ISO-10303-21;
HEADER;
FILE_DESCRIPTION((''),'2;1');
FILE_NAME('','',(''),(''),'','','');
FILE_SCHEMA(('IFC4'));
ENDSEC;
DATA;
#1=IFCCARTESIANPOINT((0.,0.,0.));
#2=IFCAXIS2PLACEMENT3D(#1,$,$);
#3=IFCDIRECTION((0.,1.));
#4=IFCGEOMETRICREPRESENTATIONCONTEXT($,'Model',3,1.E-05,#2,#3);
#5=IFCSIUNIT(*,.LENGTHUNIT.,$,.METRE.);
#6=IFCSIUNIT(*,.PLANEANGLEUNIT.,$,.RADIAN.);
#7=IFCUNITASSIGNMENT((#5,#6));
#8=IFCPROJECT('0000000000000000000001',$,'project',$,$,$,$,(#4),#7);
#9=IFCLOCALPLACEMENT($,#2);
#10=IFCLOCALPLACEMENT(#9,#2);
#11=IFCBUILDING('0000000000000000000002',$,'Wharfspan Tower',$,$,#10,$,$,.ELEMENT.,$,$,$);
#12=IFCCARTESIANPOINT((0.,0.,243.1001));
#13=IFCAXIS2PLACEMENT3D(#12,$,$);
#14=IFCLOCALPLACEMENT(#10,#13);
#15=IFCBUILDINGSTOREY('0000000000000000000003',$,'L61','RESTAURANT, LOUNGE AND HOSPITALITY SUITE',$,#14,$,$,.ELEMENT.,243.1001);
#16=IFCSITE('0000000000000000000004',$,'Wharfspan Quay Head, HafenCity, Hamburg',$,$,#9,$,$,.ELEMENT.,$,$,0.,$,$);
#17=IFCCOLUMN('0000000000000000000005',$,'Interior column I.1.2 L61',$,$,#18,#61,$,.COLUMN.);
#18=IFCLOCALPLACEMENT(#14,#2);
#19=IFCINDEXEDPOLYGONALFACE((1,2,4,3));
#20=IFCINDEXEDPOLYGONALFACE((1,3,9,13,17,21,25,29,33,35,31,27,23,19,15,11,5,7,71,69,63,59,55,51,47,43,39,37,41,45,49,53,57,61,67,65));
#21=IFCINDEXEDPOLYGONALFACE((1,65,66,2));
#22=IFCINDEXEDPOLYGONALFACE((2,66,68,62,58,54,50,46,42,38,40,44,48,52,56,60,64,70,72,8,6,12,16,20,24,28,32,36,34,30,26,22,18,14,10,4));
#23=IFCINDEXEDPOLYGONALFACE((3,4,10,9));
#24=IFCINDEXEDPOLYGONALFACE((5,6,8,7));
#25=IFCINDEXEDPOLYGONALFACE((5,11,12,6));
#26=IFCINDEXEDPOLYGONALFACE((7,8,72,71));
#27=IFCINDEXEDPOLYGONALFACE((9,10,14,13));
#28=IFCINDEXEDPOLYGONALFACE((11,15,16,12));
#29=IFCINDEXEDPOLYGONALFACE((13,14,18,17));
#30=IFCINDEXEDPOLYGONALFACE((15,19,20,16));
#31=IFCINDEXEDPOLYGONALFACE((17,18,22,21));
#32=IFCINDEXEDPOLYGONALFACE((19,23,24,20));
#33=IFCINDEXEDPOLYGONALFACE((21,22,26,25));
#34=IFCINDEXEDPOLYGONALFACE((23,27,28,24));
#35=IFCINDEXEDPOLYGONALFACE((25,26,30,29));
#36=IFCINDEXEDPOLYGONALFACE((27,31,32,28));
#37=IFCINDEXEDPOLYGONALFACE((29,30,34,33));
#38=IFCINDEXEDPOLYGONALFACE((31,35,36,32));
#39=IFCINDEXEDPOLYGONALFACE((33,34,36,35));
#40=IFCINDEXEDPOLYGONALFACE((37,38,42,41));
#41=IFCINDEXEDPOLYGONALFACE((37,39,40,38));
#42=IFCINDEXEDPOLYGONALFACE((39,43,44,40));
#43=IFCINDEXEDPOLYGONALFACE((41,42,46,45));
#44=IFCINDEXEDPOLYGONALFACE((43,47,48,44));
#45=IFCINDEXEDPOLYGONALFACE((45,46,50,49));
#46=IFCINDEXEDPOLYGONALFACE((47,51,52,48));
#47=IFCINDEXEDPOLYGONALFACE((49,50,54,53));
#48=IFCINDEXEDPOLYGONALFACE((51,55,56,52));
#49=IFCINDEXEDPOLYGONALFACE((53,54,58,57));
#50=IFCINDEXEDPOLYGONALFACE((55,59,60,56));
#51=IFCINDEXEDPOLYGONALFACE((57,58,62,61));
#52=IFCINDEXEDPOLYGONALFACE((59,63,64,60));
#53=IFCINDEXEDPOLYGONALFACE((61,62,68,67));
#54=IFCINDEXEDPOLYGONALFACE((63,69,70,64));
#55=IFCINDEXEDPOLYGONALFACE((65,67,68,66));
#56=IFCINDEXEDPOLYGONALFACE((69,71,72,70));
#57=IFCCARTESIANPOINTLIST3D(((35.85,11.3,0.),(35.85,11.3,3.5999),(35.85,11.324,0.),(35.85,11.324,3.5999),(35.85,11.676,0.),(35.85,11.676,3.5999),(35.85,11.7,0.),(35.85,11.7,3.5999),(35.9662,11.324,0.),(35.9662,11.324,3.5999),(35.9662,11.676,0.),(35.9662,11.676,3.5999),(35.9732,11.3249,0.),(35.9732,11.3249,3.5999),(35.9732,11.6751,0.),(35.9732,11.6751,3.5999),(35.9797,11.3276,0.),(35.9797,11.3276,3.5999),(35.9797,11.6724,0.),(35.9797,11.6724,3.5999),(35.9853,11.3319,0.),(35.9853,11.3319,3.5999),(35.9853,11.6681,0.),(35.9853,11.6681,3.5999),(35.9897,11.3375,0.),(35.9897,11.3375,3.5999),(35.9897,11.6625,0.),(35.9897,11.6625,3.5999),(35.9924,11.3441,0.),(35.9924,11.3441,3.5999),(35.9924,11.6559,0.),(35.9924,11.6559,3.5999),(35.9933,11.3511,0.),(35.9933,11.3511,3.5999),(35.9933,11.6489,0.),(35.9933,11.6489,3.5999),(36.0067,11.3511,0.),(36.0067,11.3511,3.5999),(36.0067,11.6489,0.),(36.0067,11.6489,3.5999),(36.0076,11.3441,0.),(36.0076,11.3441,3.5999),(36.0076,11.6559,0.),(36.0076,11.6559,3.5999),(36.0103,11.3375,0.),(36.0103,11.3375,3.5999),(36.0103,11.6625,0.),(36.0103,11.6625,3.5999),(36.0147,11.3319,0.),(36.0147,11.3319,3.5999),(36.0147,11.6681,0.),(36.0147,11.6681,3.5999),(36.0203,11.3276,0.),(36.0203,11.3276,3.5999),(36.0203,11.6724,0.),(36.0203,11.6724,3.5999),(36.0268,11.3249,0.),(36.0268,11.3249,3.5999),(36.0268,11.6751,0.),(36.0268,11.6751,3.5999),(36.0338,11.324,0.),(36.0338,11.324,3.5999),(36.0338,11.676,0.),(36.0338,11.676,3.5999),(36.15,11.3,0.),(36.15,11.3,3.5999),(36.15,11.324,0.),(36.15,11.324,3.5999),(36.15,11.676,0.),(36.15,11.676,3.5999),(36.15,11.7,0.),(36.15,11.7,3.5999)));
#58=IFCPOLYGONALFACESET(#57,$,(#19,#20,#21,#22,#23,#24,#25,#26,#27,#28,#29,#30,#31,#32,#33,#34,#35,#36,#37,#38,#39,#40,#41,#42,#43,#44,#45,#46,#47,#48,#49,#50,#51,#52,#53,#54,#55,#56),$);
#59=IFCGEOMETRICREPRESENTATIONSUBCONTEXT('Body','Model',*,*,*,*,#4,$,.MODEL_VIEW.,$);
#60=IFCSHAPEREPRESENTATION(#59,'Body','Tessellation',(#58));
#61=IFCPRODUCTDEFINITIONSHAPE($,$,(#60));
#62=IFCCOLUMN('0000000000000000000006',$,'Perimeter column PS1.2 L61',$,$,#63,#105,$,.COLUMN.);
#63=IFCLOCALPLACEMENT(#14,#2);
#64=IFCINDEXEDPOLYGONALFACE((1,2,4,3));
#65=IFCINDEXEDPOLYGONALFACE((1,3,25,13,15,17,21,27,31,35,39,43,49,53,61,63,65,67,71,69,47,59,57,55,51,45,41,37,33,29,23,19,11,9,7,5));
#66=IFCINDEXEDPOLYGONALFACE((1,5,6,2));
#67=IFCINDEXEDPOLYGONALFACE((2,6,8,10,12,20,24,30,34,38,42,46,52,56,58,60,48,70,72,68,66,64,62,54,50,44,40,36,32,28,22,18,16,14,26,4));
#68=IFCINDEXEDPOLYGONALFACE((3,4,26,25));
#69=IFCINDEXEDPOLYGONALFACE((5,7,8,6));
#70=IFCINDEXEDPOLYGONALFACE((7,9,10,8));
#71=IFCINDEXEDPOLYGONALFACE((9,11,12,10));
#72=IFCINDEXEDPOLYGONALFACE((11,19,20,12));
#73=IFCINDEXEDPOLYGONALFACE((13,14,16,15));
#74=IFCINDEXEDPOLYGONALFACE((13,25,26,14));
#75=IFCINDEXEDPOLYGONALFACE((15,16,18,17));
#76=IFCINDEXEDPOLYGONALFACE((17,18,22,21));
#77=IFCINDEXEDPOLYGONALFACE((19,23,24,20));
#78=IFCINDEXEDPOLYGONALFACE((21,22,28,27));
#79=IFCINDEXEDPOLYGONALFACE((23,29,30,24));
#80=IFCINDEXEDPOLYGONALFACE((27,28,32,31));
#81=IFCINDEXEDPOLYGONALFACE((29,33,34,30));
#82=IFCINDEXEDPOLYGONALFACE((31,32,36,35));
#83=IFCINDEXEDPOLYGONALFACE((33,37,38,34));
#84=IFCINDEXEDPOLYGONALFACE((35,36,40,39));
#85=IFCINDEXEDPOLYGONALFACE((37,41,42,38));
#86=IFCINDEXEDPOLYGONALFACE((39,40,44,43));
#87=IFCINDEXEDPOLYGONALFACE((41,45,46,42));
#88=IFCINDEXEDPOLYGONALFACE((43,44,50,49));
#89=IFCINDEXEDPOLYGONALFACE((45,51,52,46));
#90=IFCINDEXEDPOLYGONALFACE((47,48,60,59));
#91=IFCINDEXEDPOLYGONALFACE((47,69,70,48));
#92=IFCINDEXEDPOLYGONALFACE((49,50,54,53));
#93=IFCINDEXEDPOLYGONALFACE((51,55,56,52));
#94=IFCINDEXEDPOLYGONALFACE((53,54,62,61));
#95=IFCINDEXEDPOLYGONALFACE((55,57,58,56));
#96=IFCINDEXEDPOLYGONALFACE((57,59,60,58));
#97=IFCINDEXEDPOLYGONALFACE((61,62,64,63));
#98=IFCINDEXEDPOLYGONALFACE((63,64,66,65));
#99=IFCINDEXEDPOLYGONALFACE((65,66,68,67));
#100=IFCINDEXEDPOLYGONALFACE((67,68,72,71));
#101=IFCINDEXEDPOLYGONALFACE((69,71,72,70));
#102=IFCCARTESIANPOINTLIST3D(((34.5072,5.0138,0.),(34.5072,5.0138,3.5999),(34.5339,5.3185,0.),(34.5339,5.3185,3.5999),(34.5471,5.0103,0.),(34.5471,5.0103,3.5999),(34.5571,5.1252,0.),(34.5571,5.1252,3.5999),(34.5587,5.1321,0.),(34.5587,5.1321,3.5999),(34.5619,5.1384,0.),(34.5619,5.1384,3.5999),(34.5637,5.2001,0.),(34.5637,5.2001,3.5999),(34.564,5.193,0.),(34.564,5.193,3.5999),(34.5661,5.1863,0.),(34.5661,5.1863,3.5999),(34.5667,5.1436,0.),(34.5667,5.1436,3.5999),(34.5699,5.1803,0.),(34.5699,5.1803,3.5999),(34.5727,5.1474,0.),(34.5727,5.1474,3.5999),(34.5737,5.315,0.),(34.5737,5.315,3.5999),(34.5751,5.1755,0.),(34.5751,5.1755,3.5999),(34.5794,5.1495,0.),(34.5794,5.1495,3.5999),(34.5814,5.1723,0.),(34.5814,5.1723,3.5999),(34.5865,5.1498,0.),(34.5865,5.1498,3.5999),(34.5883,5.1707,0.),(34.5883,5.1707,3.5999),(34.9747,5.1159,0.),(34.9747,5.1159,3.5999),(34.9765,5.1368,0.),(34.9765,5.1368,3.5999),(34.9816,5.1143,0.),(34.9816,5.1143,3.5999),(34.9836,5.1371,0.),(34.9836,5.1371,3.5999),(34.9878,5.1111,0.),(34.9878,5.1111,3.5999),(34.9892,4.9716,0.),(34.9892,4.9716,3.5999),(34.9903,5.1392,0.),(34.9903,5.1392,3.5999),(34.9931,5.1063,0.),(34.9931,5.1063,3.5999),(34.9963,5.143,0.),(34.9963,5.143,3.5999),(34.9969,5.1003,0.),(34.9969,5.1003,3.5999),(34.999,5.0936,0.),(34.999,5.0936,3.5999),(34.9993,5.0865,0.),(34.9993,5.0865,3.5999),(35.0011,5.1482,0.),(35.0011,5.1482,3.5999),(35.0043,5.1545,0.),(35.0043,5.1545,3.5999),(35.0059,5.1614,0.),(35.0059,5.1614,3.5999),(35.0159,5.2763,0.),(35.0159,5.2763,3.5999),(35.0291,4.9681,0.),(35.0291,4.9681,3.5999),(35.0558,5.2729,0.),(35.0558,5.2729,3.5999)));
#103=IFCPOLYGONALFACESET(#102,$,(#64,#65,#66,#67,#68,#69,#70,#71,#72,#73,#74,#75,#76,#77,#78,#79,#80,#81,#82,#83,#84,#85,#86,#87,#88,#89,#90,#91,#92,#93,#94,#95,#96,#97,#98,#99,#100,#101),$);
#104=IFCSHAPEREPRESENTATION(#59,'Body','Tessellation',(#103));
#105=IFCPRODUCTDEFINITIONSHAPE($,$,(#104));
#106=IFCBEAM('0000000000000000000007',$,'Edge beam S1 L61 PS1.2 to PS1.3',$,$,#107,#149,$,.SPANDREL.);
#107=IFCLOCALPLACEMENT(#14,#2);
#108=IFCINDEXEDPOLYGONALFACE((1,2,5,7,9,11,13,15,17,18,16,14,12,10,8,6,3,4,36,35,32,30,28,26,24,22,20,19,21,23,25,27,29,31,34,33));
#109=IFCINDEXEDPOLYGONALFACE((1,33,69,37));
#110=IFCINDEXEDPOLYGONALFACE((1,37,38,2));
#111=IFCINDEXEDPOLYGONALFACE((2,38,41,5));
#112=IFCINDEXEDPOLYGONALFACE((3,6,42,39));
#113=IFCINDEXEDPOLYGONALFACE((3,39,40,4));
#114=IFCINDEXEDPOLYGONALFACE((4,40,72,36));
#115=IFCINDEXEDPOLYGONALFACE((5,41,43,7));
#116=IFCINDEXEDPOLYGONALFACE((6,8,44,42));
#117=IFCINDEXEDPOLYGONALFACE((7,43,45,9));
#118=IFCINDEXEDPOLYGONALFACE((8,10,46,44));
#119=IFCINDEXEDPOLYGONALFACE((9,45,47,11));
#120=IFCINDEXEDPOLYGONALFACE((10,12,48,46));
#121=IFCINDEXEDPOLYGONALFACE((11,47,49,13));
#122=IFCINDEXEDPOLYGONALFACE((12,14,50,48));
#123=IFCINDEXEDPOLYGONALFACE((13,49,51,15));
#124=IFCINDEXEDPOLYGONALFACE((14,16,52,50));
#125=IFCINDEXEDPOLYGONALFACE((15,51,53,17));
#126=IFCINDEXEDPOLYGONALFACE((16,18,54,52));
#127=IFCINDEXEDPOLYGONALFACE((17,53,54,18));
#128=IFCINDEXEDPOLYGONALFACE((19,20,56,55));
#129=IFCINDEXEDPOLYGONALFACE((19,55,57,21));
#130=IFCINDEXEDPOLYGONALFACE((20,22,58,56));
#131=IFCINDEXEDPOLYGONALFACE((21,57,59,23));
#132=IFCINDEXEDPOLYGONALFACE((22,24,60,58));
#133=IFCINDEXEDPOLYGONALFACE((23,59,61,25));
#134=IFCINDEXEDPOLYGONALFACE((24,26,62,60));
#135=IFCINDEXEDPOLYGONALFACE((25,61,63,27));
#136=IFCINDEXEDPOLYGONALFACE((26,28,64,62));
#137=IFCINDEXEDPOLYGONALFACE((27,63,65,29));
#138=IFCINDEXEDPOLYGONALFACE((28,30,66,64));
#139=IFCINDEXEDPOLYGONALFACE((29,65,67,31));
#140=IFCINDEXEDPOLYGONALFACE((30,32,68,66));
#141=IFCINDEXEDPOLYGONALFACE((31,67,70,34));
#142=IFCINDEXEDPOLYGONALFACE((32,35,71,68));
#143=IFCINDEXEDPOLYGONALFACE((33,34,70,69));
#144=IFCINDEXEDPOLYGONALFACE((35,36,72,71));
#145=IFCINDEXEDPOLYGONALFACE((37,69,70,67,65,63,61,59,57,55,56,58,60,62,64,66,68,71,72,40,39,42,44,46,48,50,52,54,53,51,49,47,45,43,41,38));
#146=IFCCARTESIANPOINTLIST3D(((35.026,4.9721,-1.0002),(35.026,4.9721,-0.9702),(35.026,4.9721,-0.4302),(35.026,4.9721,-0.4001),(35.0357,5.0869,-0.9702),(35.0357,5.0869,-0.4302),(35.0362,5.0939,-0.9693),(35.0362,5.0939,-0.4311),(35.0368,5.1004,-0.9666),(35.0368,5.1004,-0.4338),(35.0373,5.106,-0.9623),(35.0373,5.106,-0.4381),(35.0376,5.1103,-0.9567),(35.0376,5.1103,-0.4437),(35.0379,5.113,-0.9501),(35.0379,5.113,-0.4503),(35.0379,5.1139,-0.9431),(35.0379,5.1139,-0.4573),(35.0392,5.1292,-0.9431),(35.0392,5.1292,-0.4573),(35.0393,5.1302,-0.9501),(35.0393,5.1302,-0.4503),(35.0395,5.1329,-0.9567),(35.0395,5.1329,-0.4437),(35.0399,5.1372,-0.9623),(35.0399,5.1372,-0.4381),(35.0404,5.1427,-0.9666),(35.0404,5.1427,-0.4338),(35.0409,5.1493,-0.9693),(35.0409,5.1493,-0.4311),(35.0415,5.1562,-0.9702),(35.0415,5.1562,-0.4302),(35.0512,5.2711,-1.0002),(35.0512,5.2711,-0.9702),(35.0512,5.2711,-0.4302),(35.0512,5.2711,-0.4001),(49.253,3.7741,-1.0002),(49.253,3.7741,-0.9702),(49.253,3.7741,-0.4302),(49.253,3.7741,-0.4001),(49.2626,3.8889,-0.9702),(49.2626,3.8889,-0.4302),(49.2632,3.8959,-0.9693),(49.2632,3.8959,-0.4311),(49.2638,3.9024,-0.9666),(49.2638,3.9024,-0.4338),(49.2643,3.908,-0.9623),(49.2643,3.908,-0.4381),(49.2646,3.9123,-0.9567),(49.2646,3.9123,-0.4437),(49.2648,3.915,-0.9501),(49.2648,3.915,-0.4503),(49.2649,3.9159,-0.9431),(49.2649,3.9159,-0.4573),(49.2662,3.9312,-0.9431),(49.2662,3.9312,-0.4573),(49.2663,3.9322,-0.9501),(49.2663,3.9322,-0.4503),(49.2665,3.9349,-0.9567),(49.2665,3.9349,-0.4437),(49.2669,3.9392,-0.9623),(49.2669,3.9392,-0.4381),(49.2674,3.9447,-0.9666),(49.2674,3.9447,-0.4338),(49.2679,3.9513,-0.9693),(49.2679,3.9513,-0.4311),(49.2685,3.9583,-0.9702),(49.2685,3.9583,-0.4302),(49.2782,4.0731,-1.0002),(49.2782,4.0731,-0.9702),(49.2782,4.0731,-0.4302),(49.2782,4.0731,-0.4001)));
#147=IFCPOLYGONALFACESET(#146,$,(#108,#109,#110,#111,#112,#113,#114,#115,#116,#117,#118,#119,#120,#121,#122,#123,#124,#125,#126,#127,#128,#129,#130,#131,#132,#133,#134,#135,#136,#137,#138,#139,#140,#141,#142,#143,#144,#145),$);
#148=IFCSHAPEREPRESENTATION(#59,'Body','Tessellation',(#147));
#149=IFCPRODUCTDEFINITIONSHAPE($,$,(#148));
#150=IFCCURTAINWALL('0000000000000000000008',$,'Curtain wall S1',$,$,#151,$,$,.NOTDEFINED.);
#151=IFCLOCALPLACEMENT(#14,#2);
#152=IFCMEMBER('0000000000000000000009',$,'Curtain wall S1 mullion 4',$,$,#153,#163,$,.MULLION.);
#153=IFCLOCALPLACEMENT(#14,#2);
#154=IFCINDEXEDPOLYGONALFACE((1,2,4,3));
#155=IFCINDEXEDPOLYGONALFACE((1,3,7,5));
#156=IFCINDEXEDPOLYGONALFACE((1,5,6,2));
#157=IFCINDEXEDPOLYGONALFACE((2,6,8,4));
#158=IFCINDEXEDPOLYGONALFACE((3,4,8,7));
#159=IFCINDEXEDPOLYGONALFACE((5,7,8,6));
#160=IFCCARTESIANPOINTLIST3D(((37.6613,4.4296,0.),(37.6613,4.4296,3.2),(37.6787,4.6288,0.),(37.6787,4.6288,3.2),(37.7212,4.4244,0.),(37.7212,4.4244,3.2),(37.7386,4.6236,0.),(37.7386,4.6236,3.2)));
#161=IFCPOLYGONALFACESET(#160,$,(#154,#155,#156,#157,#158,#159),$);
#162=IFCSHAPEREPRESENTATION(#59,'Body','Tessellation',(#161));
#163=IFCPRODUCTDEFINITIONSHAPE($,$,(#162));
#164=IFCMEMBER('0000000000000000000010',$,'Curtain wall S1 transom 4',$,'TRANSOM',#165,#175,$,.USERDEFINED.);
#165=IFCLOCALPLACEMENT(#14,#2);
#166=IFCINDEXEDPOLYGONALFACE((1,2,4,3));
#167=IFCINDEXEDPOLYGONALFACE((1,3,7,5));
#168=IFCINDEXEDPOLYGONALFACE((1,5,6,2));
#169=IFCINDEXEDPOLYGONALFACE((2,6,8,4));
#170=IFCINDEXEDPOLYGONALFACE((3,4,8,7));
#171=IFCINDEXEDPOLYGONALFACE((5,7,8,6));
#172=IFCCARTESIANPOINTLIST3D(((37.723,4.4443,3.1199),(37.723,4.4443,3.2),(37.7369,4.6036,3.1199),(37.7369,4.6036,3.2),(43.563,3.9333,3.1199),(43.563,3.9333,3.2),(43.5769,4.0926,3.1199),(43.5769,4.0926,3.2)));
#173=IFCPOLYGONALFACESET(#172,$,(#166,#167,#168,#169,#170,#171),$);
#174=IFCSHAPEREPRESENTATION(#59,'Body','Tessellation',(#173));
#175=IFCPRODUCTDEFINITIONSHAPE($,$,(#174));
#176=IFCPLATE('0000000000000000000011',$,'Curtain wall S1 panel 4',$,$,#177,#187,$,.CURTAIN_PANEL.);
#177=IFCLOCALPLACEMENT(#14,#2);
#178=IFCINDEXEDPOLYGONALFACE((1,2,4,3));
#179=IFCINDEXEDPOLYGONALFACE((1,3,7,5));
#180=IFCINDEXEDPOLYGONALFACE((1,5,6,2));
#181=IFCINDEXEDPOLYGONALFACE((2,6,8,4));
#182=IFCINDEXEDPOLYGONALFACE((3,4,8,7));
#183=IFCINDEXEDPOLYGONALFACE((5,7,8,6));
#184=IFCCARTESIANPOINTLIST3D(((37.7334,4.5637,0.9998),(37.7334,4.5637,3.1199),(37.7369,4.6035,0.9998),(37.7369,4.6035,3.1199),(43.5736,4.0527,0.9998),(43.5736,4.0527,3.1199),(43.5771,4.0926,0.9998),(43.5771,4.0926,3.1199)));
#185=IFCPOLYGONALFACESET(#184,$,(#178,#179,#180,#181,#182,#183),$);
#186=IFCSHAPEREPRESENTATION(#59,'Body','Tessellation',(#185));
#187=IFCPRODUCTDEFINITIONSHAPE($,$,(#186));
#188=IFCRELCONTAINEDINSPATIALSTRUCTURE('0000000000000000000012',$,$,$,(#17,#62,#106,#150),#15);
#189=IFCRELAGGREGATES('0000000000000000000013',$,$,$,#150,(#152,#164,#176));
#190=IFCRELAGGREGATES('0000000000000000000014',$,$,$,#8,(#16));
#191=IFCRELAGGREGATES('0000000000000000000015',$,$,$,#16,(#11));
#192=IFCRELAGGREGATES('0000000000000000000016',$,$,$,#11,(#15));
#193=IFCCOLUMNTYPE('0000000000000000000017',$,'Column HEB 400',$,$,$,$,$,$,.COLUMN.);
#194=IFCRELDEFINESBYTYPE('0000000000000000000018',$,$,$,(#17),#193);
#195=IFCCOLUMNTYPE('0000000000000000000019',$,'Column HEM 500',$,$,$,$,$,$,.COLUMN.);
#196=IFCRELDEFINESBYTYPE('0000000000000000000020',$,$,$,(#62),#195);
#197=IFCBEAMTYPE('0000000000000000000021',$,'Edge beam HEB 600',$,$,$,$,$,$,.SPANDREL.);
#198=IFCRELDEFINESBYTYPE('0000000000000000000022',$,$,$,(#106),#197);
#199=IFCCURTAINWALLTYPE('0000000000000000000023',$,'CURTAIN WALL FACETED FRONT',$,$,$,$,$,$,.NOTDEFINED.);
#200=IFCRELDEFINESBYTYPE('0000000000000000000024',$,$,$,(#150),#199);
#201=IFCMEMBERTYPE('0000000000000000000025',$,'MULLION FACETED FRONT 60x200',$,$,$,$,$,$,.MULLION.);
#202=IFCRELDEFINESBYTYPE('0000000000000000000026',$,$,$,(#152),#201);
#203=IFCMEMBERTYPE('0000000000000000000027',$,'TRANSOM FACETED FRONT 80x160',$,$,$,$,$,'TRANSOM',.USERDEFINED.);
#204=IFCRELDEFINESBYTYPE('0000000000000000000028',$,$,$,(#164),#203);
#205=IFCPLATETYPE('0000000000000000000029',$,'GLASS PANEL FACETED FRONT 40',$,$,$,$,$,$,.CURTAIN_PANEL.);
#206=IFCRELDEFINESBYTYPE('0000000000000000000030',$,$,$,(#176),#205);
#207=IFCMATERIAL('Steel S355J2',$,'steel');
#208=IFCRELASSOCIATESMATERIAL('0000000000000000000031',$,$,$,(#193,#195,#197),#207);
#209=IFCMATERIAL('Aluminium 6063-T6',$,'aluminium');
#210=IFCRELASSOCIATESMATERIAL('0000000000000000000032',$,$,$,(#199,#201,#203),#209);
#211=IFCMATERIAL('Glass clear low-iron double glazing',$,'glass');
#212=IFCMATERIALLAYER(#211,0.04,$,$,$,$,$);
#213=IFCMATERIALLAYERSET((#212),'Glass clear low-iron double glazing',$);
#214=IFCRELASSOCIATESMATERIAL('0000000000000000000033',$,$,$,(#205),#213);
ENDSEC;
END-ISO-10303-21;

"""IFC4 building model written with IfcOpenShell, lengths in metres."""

from ifc_helpers import new_model, si_unit, direction, frame, origin, origin_2d, place, context, subcontext, project, spatial, rectangle, i_section, extrude, material, layer, layer_set, material_profile, profile_set, type_object, element, aggregate, save


model = new_model("IFC4")

# Units and contexts
model_context = context("Model", 3, precision=1e-05, world=origin(), true_north=direction((0.0, 1.0)))
body_context = subcontext(model_context, "Body", "Model", "MODEL_VIEW")
ifc_project = project(units=[si_unit("LENGTHUNIT", "METRE"), si_unit("PLANEANGLEUNIT", "RADIAN")], contexts=[model_context])

# Site, building, storey
site_placement = place(None, origin())
site = spatial("IfcSite", under=ifc_project, at=site_placement, Name="Wharfspan Quay Head, HafenCity, Hamburg", CompositionType="ELEMENT", RefElevation=0.0)
building_placement = place(site_placement, origin())
building = spatial("IfcBuilding", under=site, at=building_placement, Name="Wharfspan Tower", CompositionType="ELEMENT")
storey_placement = place(building_placement, frame((0.0, 0.0, 243.1001)))
storey = spatial("IfcBuildingStorey", under=building, at=storey_placement, Name="L61", Description="RESTAURANT, LOUNGE AND HOSPITALITY SUITE", CompositionType="ELEMENT", Elevation=243.1001)

# Columns
ifc_material_1 = material(Name="Steel S355J2", Category="steel")
ifc_material_profile_1 = material_profile(ifc_material_1, i_section(OverallWidth=0.3, OverallDepth=0.3999, WebThickness=0.0134, FlangeThickness=0.0239, FilletRadius=0.0271, at=origin_2d()))
ifc_profile_set_1 = profile_set([ifc_material_profile_1], Name="Steel S355J2")
column_type_1 = type_object("IfcColumnType", Name="Column HEB 400", PredefinedType="COLUMN", material=ifc_profile_set_1)
column_1_placement = place(storey_placement, frame((36.0, 11.5, 0.0), z_axis=(0.0, 0.0, 1.0), x_axis=(1.0, 0.0, 0.0)))
element("IfcColumn", 1, at=column_1_placement, inside=storey, type_object=column_type_1, Name="Interior column I.1.2 L61", PredefinedType="COLUMN", context=body_context, shape_type="SweptSolid", body=[
    extrude(i_section(OverallWidth=0.3, OverallDepth=0.3999, WebThickness=0.0134, FlangeThickness=0.0239, FilletRadius=0.0271, at=origin_2d()), origin(), (0.0, 0.0, 1.0), 3.5999),
])
ifc_material_profile_2 = material_profile(ifc_material_1, i_section(OverallWidth=0.3059, OverallDepth=0.5239, WebThickness=0.021, FlangeThickness=0.04, FilletRadius=0.0271, at=origin_2d()))
ifc_profile_set_2 = profile_set([ifc_material_profile_2], Name="Steel S355J2")
column_type_2 = type_object("IfcColumnType", Name="Column HEM 500", PredefinedType="COLUMN", material=ifc_profile_set_2)
column_2_placement = place(storey_placement, frame((34.7815, 5.1433, 0.0), z_axis=(0.0, 0.0, 1.0), x_axis=(-0.087156, -0.996197, 0.0)))
element("IfcColumn", 2, at=column_2_placement, inside=storey, type_object=column_type_2, Name="Perimeter column PS1.2 L61", PredefinedType="COLUMN", context=body_context, shape_type="SweptSolid", body=[
    extrude(i_section(OverallWidth=0.3059, OverallDepth=0.5239, WebThickness=0.021, FlangeThickness=0.04, FilletRadius=0.0271, at=origin_2d()), origin(), (0.0, 0.0, 1.0), 3.5999),
])

# Beam
ifc_material_profile_3 = material_profile(ifc_material_1, i_section(OverallWidth=0.3, OverallDepth=0.6001, WebThickness=0.0154, FlangeThickness=0.03, FilletRadius=0.0271, at=origin_2d()))
ifc_profile_set_3 = profile_set([ifc_material_profile_3], Name="Steel S355J2")
beam_type = type_object("IfcBeamType", Name="Edge beam HEB 600", PredefinedType="SPANDREL", material=ifc_profile_set_3)
beam_placement = place(storey_placement, frame((35.0386, 5.1216, -0.7002), z_axis=(0.996473, -0.083909, 0.0), x_axis=(0.083909, 0.996473, 0.0)))
element("IfcBeam", 3, at=beam_placement, inside=storey, type_object=beam_type, Name="Edge beam S1 L61 PS1.2 to PS1.3", PredefinedType="SPANDREL", context=body_context, shape_type="SweptSolid", body=[
    extrude(i_section(OverallWidth=0.3, OverallDepth=0.6001, WebThickness=0.0154, FlangeThickness=0.03, FilletRadius=0.0271, at=origin_2d()), origin(), (0.0, 0.0, 1.0), 14.2773),
])

# Curtain wall, members, plate
ifc_material_2 = material(Name="Aluminium 6063-T6", Category="aluminium")
curtain_wall_type = type_object("IfcCurtainWallType", Name="CURTAIN WALL FACETED FRONT", PredefinedType="NOTDEFINED", material=ifc_material_2)
curtain_wall_placement = place(storey_placement, origin())
curtain_wall = element("IfcCurtainWall", 4, at=curtain_wall_placement, inside=storey, type_object=curtain_wall_type, Name="Curtain wall S1", PredefinedType="NOTDEFINED")
ifc_material_profile_4 = material_profile(ifc_material_2, rectangle(XDim=0.2, YDim=0.0601, at=origin_2d()))
ifc_profile_set_4 = profile_set([ifc_material_profile_4], Name="Aluminium 6063-T6")
member_type_1 = type_object("IfcMemberType", Name="MULLION FACETED FRONT 60x200", PredefinedType="MULLION", material=ifc_profile_set_4)
member_1_placement = place(storey_placement, frame((37.7, 4.5266, 0.0), z_axis=(0.0, 0.0, 1.0), x_axis=(0.087156, 0.996197, 0.0)))
member_1 = element("IfcMember", 5, at=member_1_placement, type_object=member_type_1, Name="Curtain wall S1 mullion 4", PredefinedType="MULLION", context=body_context, shape_type="SweptSolid", body=[
    extrude(rectangle(XDim=0.2, YDim=0.0601, at=origin_2d()), origin(), (0.0, 0.0, 1.0), 3.2),
])
ifc_material_profile_5 = material_profile(ifc_material_2, rectangle(XDim=0.1599, YDim=0.0801, at=origin_2d()))
ifc_profile_set_5 = profile_set([ifc_material_profile_5], Name="Aluminium 6063-T6")
member_type_2 = type_object("IfcMemberType", Name="TRANSOM FACETED FRONT 80x160", ElementType="TRANSOM", PredefinedType="USERDEFINED", material=ifc_profile_set_5)
member_2_placement = place(storey_placement, frame((37.73, 4.5239, 3.1599), z_axis=(0.996194, -0.087163, 0.0), x_axis=(0.087163, 0.996194, 0.0)))
member_2 = element("IfcMember", 6, at=member_2_placement, type_object=member_type_2, Name="Curtain wall S1 transom 4", ObjectType="TRANSOM", PredefinedType="USERDEFINED", context=body_context, shape_type="SweptSolid", body=[
    extrude(rectangle(XDim=0.1599, YDim=0.0801, at=origin_2d()), origin(), (0.0, 0.0, 1.0), 5.8623),
])
ifc_material_3 = material(Name="Glass clear low-iron double glazing", Category="glass")
ifc_layer_1 = layer(ifc_material_3, 0.04)
ifc_layer_set_1 = layer_set([ifc_layer_1], Name="Glass clear low-iron double glazing")
plate_type_1 = type_object("IfcPlateType", Name="GLASS PANEL FACETED FRONT 40", PredefinedType="CURTAIN_PANEL", material=ifc_layer_set_1)
plate_1_placement = place(storey_placement, frame((40.6553, 4.3281, 0.9998), z_axis=(0.0, 0.0, 1.0), x_axis=(0.996197, -0.087156, 0.0)))
plate_1 = element("IfcPlate", 7, at=plate_1_placement, type_object=plate_type_1, Name="Curtain wall S1 panel 4", PredefinedType="CURTAIN_PANEL", context=body_context, shape_type="SweptSolid", body=[
    extrude(rectangle(XDim=5.8625, YDim=0.04, at=origin_2d()), origin(), (0.0, 0.0, 1.0), 2.1201),
])
aggregate(curtain_wall, [member_1, member_2, plate_1])

save(model, "model.ifc")
